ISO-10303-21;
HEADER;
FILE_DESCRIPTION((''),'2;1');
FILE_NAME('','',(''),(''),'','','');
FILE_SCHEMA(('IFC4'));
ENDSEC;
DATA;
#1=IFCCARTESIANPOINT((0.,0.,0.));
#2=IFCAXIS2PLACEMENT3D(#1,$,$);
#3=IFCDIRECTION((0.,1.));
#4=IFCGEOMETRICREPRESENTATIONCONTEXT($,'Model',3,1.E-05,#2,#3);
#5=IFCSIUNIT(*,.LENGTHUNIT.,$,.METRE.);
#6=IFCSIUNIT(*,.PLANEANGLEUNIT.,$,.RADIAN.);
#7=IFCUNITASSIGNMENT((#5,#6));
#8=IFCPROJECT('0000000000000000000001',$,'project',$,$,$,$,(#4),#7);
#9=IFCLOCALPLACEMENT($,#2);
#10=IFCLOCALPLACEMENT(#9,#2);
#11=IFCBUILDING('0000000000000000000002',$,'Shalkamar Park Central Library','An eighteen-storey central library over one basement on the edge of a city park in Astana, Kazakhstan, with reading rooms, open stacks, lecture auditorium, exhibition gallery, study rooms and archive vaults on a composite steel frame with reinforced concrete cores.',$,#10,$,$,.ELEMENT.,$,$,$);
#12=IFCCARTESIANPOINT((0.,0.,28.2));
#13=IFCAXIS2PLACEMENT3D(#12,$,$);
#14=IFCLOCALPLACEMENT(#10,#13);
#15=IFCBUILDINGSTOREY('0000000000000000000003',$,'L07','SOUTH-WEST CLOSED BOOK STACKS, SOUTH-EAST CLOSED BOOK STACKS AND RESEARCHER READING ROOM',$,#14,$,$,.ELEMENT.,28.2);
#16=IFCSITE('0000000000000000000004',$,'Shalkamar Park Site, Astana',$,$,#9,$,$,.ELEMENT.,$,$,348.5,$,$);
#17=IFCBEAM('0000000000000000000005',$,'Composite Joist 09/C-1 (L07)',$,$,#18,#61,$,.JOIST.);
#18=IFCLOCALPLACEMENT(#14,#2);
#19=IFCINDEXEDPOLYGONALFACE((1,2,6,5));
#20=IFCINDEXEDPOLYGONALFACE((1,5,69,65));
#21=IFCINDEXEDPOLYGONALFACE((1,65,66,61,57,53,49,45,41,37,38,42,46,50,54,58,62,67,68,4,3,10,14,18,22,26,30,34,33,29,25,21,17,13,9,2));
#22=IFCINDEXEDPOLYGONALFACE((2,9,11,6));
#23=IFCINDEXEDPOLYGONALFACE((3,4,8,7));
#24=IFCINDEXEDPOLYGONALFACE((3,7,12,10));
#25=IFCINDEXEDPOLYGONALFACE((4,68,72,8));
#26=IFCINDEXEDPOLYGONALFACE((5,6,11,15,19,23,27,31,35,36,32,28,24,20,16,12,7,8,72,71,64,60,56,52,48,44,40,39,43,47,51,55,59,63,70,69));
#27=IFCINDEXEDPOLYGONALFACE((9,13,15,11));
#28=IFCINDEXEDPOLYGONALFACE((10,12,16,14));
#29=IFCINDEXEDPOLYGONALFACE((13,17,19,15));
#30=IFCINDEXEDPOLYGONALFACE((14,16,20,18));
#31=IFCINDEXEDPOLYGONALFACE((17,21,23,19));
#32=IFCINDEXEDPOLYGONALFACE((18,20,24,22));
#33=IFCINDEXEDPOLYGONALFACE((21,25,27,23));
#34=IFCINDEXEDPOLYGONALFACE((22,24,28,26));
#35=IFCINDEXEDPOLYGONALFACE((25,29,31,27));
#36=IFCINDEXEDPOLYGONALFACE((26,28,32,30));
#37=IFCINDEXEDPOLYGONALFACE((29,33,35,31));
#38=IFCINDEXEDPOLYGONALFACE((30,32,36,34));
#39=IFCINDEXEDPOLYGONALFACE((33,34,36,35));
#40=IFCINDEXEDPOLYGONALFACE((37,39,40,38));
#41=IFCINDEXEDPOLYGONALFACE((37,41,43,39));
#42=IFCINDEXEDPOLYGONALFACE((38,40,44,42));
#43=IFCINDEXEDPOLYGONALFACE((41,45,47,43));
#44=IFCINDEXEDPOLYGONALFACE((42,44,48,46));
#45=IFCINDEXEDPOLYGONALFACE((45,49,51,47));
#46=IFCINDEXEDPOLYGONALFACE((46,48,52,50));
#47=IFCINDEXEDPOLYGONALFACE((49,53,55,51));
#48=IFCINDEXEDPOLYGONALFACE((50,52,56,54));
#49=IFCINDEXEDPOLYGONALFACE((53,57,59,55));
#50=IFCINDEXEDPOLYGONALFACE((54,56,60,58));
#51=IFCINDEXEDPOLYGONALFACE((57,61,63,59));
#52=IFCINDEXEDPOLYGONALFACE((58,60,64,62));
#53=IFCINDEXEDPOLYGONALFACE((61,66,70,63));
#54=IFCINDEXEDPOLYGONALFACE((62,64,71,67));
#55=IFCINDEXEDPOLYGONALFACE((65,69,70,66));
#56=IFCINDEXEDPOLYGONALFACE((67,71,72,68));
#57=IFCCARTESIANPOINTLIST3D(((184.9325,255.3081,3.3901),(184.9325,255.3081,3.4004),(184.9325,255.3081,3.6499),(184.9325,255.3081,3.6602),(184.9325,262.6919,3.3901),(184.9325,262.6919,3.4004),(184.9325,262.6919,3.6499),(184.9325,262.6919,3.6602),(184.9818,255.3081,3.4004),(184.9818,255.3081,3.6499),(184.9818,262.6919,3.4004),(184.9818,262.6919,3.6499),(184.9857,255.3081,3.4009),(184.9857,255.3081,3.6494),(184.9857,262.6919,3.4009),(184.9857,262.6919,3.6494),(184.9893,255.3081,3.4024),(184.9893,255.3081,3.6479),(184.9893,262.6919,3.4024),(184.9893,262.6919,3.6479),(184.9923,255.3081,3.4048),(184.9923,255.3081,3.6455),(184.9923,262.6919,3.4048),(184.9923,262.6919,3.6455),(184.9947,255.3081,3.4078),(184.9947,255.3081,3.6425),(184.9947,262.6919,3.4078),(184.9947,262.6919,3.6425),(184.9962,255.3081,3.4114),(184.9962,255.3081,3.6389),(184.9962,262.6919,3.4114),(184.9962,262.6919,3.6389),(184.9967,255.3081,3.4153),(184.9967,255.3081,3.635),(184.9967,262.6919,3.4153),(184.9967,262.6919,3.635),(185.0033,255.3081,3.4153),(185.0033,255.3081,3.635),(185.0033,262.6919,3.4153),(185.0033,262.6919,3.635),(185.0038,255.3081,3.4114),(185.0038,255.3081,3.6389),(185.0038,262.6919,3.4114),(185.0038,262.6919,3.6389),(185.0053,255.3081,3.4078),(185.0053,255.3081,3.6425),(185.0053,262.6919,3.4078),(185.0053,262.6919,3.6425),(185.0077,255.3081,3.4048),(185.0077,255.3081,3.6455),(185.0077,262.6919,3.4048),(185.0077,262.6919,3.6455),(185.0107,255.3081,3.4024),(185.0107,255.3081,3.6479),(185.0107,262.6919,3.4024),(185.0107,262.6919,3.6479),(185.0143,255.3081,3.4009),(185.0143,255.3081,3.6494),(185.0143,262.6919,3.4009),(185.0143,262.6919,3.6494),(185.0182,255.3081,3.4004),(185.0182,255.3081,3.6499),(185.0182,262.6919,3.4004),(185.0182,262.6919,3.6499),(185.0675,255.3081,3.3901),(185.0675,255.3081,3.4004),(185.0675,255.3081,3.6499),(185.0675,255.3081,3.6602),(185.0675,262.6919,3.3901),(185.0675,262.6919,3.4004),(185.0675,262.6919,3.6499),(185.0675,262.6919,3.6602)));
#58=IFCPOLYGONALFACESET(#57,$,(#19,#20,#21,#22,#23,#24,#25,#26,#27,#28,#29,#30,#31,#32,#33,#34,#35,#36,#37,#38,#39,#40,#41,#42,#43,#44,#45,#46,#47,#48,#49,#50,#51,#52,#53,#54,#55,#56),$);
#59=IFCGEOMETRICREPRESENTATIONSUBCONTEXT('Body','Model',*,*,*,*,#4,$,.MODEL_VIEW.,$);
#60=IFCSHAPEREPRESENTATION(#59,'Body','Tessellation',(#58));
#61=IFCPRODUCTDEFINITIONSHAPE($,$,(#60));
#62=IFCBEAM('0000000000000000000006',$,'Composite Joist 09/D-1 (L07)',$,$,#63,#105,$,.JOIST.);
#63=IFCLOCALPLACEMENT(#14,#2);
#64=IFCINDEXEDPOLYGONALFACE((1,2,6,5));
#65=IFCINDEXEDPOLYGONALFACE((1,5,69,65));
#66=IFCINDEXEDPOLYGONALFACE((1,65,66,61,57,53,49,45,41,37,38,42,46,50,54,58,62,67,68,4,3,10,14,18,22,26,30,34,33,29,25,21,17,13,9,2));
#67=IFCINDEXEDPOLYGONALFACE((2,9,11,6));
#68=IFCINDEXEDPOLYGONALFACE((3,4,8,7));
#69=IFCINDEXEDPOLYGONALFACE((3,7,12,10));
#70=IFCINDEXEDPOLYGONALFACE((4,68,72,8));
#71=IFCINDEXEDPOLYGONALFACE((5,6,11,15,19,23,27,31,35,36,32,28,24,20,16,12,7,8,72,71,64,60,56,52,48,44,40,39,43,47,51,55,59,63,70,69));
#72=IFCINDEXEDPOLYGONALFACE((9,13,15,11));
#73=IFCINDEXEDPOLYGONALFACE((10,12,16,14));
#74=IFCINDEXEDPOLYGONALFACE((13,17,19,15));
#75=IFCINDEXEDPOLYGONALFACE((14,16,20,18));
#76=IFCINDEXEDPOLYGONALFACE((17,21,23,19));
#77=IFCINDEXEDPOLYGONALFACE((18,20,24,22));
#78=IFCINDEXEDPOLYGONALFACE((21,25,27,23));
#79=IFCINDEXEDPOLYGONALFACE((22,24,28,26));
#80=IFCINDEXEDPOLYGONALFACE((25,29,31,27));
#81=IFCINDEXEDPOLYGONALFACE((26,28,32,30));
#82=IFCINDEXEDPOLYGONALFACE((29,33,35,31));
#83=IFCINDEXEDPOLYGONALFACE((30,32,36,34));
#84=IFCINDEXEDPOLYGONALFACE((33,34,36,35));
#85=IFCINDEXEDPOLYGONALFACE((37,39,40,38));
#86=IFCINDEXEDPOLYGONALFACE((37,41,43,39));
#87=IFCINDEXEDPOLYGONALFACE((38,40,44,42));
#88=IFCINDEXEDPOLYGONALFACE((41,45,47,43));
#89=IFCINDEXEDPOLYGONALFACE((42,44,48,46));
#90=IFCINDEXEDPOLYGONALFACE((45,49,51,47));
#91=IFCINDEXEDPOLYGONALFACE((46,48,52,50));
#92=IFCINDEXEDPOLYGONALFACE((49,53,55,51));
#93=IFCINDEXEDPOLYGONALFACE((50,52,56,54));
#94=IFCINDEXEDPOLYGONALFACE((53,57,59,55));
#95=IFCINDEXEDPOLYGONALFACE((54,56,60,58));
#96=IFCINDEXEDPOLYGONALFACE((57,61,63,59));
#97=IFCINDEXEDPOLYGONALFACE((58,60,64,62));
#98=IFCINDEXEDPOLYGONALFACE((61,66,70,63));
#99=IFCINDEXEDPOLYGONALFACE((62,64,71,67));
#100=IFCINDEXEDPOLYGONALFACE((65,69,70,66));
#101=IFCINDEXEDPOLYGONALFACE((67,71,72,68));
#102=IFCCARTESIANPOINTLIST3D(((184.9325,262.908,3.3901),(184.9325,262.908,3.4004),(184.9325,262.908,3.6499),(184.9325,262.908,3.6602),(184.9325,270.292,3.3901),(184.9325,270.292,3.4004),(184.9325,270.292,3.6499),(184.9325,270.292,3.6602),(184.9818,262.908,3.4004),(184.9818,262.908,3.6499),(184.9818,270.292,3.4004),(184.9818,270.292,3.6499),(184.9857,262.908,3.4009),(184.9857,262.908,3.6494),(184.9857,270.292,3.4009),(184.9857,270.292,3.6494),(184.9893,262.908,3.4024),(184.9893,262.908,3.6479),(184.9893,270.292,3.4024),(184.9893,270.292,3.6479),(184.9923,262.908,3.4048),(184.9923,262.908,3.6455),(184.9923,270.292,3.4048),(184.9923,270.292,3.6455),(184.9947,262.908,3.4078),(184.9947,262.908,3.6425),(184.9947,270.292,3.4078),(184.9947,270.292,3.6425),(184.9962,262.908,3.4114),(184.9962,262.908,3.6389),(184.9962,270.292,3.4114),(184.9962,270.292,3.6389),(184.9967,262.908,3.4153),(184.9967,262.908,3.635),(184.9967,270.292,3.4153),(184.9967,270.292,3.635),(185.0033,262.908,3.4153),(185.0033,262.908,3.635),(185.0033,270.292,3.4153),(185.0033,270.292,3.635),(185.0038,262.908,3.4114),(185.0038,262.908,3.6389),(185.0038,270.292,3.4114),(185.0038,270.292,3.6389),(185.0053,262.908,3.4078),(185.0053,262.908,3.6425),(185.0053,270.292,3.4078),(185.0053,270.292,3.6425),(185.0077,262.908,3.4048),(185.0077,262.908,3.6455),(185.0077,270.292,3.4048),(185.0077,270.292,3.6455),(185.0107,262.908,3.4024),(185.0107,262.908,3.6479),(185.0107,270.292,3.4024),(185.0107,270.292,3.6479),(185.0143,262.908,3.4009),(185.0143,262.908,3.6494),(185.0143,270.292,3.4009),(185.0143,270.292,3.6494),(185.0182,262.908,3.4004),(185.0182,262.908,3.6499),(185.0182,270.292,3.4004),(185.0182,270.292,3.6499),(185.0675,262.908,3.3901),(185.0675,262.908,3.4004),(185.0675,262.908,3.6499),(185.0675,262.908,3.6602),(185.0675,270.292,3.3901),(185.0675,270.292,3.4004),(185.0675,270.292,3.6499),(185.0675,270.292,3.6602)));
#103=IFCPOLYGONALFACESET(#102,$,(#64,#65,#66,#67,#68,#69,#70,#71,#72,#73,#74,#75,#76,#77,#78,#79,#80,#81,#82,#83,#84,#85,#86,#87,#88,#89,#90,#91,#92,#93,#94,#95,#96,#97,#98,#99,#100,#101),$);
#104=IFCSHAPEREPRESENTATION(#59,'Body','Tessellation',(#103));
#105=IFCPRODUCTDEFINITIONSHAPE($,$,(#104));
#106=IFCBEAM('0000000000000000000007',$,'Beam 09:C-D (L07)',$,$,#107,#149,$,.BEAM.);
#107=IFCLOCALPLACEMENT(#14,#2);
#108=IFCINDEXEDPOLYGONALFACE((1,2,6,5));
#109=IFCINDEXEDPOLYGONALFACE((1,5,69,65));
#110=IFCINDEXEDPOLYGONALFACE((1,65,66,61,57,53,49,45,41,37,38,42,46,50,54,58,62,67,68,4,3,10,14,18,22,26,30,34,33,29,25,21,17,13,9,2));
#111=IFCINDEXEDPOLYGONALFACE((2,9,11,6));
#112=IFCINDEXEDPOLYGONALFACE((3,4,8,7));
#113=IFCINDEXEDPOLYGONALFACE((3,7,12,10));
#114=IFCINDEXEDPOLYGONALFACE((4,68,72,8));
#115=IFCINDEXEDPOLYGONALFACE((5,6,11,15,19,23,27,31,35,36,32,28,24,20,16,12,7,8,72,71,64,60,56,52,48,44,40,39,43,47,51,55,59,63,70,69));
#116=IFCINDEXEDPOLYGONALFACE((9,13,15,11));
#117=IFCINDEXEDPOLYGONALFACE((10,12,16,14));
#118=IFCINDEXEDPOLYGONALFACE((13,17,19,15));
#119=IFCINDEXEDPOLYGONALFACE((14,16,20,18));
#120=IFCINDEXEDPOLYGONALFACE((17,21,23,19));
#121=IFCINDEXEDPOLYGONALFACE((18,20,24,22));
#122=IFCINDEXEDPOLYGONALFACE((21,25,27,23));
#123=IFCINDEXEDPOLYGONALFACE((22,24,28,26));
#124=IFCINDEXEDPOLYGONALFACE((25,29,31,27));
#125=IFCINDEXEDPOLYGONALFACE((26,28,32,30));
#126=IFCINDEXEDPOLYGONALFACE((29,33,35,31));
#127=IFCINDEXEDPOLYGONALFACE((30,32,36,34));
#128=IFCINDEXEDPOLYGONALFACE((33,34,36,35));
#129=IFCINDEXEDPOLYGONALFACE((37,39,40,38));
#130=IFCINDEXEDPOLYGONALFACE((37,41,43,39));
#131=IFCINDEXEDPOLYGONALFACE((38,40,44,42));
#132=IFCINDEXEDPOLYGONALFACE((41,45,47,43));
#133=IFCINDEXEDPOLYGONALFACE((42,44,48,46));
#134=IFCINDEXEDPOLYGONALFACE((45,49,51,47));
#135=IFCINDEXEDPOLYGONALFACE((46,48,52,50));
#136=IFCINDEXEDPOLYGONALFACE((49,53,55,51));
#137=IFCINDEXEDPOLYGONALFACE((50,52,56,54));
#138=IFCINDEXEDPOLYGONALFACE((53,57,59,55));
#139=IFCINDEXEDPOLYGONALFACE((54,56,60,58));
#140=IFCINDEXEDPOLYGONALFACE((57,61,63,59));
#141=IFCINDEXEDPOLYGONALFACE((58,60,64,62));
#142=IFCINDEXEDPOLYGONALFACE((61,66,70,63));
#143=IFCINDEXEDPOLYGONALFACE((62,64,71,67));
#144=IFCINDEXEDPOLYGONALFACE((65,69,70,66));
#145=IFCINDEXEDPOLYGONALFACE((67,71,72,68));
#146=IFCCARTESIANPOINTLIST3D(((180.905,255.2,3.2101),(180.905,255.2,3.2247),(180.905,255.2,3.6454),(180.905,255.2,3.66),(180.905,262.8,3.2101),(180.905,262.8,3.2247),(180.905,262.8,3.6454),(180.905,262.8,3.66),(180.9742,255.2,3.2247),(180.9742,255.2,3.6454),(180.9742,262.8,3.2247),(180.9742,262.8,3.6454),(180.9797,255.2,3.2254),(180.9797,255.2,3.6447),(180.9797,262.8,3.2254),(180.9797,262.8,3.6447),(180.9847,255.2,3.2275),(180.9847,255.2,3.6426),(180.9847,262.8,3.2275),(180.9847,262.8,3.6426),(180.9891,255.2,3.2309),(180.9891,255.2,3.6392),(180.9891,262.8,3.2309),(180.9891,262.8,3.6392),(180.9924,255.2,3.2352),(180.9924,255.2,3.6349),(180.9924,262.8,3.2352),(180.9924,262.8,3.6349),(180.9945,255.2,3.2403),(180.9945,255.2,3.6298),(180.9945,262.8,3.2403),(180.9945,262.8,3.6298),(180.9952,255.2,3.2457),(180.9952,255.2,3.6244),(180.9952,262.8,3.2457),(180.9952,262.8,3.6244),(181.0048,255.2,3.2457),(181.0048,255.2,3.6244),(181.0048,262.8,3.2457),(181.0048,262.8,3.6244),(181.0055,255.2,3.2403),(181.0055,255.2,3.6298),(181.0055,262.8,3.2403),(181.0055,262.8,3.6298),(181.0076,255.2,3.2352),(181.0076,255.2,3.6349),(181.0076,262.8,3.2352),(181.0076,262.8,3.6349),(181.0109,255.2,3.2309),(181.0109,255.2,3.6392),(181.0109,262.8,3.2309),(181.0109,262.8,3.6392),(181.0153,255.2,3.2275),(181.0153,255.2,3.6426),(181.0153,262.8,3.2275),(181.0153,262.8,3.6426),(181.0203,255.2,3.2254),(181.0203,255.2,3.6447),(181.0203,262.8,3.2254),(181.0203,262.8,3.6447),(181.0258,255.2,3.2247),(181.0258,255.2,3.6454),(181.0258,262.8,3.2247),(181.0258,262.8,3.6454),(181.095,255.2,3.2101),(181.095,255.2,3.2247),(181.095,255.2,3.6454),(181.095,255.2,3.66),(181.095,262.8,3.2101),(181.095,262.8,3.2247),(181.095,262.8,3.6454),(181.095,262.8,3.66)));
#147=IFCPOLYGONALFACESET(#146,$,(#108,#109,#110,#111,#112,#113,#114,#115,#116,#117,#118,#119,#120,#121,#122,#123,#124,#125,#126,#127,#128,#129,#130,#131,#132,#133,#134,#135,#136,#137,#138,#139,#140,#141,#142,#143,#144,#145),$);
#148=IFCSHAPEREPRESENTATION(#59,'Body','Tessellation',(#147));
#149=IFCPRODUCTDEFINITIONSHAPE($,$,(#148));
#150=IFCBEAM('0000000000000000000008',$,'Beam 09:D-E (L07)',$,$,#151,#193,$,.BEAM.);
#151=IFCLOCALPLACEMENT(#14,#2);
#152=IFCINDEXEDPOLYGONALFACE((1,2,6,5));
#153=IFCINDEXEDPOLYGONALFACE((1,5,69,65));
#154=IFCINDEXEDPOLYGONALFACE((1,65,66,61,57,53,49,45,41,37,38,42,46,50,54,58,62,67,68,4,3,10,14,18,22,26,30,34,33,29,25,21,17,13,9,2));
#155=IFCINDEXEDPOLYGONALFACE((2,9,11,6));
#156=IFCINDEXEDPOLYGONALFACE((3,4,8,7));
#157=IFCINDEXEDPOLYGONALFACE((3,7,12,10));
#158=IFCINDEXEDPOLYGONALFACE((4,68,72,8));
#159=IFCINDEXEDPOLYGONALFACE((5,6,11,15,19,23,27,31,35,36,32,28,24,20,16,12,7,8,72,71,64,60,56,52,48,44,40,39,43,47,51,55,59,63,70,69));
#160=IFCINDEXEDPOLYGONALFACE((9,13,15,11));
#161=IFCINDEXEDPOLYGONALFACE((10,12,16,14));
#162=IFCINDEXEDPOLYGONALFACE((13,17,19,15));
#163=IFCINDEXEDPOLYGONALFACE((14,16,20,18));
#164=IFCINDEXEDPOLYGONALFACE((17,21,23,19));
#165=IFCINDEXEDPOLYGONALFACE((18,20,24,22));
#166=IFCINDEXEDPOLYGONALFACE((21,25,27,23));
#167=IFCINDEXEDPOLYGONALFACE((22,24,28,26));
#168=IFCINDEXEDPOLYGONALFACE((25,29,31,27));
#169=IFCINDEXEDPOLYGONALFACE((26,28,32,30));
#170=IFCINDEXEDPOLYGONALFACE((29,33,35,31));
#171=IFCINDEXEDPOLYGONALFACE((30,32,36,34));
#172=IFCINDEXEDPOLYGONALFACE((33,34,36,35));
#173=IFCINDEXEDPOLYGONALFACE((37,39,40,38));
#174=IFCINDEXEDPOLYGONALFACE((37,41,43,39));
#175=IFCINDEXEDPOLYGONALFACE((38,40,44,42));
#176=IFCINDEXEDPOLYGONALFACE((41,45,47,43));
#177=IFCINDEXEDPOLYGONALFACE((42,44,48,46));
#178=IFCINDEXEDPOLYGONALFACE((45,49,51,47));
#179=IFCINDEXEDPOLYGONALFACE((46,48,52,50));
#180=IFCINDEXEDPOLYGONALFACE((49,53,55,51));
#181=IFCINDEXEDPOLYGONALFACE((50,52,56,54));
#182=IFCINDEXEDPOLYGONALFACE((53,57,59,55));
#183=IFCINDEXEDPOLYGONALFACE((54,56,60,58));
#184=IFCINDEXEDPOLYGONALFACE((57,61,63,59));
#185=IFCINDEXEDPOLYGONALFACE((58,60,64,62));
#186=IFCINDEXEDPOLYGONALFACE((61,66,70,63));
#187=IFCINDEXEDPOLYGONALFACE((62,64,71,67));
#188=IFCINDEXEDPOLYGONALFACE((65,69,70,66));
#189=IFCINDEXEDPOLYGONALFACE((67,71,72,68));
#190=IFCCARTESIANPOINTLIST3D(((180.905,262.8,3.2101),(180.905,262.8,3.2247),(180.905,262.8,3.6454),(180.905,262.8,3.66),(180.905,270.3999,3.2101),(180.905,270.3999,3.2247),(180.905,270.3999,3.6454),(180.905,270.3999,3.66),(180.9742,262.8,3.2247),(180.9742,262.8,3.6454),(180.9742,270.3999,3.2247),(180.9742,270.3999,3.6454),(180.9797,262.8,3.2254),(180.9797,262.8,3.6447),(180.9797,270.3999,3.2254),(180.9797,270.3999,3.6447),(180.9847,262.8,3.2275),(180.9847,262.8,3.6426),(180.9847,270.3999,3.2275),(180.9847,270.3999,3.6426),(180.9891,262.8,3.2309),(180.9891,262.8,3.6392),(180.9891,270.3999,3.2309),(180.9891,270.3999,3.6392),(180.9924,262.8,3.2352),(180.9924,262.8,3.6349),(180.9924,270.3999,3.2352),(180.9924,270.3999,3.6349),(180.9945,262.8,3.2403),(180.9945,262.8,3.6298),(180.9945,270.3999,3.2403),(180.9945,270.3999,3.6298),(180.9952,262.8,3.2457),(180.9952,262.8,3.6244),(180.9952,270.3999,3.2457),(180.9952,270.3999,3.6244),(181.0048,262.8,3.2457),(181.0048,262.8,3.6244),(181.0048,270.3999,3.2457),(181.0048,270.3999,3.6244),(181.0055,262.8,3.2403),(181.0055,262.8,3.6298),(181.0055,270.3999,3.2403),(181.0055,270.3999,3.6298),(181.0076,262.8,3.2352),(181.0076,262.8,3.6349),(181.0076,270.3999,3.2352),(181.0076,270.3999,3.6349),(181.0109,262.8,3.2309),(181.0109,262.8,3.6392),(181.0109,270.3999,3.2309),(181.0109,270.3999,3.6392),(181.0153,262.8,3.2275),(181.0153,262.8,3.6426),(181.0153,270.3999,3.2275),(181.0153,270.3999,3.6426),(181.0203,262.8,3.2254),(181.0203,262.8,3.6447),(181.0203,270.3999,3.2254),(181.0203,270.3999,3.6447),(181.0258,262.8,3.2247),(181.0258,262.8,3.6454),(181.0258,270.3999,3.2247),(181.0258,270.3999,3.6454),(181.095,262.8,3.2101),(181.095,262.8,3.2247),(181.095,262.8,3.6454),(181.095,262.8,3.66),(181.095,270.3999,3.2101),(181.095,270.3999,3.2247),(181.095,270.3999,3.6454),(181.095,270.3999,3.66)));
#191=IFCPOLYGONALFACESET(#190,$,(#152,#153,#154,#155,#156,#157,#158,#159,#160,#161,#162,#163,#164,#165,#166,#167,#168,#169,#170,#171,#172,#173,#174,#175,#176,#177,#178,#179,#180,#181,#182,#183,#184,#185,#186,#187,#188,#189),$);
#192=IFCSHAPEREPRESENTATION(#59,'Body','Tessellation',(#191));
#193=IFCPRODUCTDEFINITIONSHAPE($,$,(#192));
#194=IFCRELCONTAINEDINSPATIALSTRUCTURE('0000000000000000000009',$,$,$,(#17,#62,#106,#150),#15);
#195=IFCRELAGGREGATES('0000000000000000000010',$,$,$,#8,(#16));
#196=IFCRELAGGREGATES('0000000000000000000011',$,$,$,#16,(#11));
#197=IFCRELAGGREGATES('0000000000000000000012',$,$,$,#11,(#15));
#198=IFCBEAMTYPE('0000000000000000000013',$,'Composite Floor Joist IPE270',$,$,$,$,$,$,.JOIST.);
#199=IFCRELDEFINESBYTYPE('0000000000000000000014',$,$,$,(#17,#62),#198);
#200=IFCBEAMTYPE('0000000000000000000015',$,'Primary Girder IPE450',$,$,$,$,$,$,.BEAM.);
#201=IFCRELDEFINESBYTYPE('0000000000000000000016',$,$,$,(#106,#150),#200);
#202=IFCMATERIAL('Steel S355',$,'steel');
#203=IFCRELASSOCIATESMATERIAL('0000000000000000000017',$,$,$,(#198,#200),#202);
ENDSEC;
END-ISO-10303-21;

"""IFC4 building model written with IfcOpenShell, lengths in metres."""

from ifc_helpers import new_model, si_unit, direction, frame, origin, origin_2d, place, context, subcontext, project, spatial, i_section, extrude, material, material_profile, profile_set, type_object, element, save


model = new_model("IFC4")

# Units and contexts
model_context = context("Model", 3, precision=1e-05, world=origin(), true_north=direction((0.0, 1.0)))
body_context = subcontext(model_context, "Body", "Model", "MODEL_VIEW")
ifc_project = project(units=[si_unit("LENGTHUNIT", "METRE"), si_unit("PLANEANGLEUNIT", "RADIAN")], contexts=[model_context])

# Site, building, storey
site_placement = place(None, origin())
site = spatial("IfcSite", under=ifc_project, at=site_placement, Name="Shalkamar Park Site, Astana", CompositionType="ELEMENT", RefElevation=348.5)
building_placement = place(site_placement, origin())
building = spatial("IfcBuilding", under=site, at=building_placement, Name="Shalkamar Park Central Library", Description="An eighteen-storey central library over one basement on the edge of a city park in Astana, Kazakhstan, with reading rooms, open stacks, lecture auditorium, exhibition gallery, study rooms and archive vaults on a composite steel frame with reinforced concrete cores.", CompositionType="ELEMENT")
storey_placement = place(building_placement, frame((0.0, 0.0, 28.2)))
storey = spatial("IfcBuildingStorey", under=building, at=storey_placement, Name="L07", Description="SOUTH-WEST CLOSED BOOK STACKS, SOUTH-EAST CLOSED BOOK STACKS AND RESEARCHER READING ROOM", CompositionType="ELEMENT", Elevation=28.2)

# Shared definitions
ifc_material_1 = material(Name="Steel S355", Category="steel")

# Beams
ifc_material_profile_1 = material_profile(ifc_material_1, i_section(OverallWidth=0.135, OverallDepth=0.27, WebThickness=0.0066, FlangeThickness=0.0103, FilletRadius=0.0149, at=origin_2d()), Name="IPE 270")
ifc_profile_set_1 = profile_set([ifc_material_profile_1], Name="Steel S355")
beam_type_1 = type_object("IfcBeamType", Name="Composite Floor Joist IPE270", PredefinedType="JOIST", material=ifc_profile_set_1)
beam_1_placement = place(storey_placement, frame((185.0, 255.3081, 3.5251), z_axis=(0.0, 1.0, 0.0), x_axis=(-1.0, 0.0, 0.0)))
element("IfcBeam", 1, at=beam_1_placement, inside=storey, type_object=beam_type_1, Name="Composite Joist 09/C-1 (L07)", PredefinedType="JOIST", context=body_context, shape_type="SweptSolid", body=[
    extrude(i_section(OverallWidth=0.135, OverallDepth=0.27, WebThickness=0.0066, FlangeThickness=0.0103, FilletRadius=0.0149, at=origin_2d()), origin(), (0.0, 0.0, 1.0), 7.3838),
])
beam_2_placement = place(storey_placement, frame((185.0, 262.908, 3.5251), z_axis=(0.0, 1.0, 0.0), x_axis=(-1.0, 0.0, 0.0)))
element("IfcBeam", 2, at=beam_2_placement, inside=storey, type_object=beam_type_1, Name="Composite Joist 09/D-1 (L07)", PredefinedType="JOIST", context=body_context, shape_type="SweptSolid", body=[
    extrude(i_section(OverallWidth=0.135, OverallDepth=0.27, WebThickness=0.0066, FlangeThickness=0.0103, FilletRadius=0.0149, at=origin_2d()), origin(), (0.0, 0.0, 1.0), 7.384),
])
ifc_material_profile_2 = material_profile(ifc_material_1, i_section(OverallWidth=0.1899, OverallDepth=0.45, WebThickness=0.0095, FlangeThickness=0.0146, FilletRadius=0.021, at=origin_2d()), Name="IPE 450")
ifc_profile_set_2 = profile_set([ifc_material_profile_2], Name="Steel S355")
beam_type_2 = type_object("IfcBeamType", Name="Primary Girder IPE450", PredefinedType="BEAM", material=ifc_profile_set_2)
beam_3_placement = place(storey_placement, frame((181.0, 255.2, 3.4351), z_axis=(0.0, 1.0, 0.0), x_axis=(-1.0, 0.0, 0.0)))
element("IfcBeam", 3, at=beam_3_placement, inside=storey, type_object=beam_type_2, Name="Beam 09:C-D (L07)", PredefinedType="BEAM", context=body_context, shape_type="SweptSolid", body=[
    extrude(i_section(OverallWidth=0.1899, OverallDepth=0.45, WebThickness=0.0095, FlangeThickness=0.0146, FilletRadius=0.021, at=origin_2d()), origin(), (0.0, 0.0, 1.0), 7.6001),
])
beam_4_placement = place(storey_placement, frame((181.0, 262.8, 3.4351), z_axis=(0.0, 1.0, 0.0), x_axis=(-1.0, 0.0, 0.0)))
element("IfcBeam", 4, at=beam_4_placement, inside=storey, type_object=beam_type_2, Name="Beam 09:D-E (L07)", PredefinedType="BEAM", context=body_context, shape_type="SweptSolid", body=[
    extrude(i_section(OverallWidth=0.1899, OverallDepth=0.45, WebThickness=0.0095, FlangeThickness=0.0146, FilletRadius=0.021, at=origin_2d()), origin(), (0.0, 0.0, 1.0), 7.5999),
])

save(model, "model.ifc")
